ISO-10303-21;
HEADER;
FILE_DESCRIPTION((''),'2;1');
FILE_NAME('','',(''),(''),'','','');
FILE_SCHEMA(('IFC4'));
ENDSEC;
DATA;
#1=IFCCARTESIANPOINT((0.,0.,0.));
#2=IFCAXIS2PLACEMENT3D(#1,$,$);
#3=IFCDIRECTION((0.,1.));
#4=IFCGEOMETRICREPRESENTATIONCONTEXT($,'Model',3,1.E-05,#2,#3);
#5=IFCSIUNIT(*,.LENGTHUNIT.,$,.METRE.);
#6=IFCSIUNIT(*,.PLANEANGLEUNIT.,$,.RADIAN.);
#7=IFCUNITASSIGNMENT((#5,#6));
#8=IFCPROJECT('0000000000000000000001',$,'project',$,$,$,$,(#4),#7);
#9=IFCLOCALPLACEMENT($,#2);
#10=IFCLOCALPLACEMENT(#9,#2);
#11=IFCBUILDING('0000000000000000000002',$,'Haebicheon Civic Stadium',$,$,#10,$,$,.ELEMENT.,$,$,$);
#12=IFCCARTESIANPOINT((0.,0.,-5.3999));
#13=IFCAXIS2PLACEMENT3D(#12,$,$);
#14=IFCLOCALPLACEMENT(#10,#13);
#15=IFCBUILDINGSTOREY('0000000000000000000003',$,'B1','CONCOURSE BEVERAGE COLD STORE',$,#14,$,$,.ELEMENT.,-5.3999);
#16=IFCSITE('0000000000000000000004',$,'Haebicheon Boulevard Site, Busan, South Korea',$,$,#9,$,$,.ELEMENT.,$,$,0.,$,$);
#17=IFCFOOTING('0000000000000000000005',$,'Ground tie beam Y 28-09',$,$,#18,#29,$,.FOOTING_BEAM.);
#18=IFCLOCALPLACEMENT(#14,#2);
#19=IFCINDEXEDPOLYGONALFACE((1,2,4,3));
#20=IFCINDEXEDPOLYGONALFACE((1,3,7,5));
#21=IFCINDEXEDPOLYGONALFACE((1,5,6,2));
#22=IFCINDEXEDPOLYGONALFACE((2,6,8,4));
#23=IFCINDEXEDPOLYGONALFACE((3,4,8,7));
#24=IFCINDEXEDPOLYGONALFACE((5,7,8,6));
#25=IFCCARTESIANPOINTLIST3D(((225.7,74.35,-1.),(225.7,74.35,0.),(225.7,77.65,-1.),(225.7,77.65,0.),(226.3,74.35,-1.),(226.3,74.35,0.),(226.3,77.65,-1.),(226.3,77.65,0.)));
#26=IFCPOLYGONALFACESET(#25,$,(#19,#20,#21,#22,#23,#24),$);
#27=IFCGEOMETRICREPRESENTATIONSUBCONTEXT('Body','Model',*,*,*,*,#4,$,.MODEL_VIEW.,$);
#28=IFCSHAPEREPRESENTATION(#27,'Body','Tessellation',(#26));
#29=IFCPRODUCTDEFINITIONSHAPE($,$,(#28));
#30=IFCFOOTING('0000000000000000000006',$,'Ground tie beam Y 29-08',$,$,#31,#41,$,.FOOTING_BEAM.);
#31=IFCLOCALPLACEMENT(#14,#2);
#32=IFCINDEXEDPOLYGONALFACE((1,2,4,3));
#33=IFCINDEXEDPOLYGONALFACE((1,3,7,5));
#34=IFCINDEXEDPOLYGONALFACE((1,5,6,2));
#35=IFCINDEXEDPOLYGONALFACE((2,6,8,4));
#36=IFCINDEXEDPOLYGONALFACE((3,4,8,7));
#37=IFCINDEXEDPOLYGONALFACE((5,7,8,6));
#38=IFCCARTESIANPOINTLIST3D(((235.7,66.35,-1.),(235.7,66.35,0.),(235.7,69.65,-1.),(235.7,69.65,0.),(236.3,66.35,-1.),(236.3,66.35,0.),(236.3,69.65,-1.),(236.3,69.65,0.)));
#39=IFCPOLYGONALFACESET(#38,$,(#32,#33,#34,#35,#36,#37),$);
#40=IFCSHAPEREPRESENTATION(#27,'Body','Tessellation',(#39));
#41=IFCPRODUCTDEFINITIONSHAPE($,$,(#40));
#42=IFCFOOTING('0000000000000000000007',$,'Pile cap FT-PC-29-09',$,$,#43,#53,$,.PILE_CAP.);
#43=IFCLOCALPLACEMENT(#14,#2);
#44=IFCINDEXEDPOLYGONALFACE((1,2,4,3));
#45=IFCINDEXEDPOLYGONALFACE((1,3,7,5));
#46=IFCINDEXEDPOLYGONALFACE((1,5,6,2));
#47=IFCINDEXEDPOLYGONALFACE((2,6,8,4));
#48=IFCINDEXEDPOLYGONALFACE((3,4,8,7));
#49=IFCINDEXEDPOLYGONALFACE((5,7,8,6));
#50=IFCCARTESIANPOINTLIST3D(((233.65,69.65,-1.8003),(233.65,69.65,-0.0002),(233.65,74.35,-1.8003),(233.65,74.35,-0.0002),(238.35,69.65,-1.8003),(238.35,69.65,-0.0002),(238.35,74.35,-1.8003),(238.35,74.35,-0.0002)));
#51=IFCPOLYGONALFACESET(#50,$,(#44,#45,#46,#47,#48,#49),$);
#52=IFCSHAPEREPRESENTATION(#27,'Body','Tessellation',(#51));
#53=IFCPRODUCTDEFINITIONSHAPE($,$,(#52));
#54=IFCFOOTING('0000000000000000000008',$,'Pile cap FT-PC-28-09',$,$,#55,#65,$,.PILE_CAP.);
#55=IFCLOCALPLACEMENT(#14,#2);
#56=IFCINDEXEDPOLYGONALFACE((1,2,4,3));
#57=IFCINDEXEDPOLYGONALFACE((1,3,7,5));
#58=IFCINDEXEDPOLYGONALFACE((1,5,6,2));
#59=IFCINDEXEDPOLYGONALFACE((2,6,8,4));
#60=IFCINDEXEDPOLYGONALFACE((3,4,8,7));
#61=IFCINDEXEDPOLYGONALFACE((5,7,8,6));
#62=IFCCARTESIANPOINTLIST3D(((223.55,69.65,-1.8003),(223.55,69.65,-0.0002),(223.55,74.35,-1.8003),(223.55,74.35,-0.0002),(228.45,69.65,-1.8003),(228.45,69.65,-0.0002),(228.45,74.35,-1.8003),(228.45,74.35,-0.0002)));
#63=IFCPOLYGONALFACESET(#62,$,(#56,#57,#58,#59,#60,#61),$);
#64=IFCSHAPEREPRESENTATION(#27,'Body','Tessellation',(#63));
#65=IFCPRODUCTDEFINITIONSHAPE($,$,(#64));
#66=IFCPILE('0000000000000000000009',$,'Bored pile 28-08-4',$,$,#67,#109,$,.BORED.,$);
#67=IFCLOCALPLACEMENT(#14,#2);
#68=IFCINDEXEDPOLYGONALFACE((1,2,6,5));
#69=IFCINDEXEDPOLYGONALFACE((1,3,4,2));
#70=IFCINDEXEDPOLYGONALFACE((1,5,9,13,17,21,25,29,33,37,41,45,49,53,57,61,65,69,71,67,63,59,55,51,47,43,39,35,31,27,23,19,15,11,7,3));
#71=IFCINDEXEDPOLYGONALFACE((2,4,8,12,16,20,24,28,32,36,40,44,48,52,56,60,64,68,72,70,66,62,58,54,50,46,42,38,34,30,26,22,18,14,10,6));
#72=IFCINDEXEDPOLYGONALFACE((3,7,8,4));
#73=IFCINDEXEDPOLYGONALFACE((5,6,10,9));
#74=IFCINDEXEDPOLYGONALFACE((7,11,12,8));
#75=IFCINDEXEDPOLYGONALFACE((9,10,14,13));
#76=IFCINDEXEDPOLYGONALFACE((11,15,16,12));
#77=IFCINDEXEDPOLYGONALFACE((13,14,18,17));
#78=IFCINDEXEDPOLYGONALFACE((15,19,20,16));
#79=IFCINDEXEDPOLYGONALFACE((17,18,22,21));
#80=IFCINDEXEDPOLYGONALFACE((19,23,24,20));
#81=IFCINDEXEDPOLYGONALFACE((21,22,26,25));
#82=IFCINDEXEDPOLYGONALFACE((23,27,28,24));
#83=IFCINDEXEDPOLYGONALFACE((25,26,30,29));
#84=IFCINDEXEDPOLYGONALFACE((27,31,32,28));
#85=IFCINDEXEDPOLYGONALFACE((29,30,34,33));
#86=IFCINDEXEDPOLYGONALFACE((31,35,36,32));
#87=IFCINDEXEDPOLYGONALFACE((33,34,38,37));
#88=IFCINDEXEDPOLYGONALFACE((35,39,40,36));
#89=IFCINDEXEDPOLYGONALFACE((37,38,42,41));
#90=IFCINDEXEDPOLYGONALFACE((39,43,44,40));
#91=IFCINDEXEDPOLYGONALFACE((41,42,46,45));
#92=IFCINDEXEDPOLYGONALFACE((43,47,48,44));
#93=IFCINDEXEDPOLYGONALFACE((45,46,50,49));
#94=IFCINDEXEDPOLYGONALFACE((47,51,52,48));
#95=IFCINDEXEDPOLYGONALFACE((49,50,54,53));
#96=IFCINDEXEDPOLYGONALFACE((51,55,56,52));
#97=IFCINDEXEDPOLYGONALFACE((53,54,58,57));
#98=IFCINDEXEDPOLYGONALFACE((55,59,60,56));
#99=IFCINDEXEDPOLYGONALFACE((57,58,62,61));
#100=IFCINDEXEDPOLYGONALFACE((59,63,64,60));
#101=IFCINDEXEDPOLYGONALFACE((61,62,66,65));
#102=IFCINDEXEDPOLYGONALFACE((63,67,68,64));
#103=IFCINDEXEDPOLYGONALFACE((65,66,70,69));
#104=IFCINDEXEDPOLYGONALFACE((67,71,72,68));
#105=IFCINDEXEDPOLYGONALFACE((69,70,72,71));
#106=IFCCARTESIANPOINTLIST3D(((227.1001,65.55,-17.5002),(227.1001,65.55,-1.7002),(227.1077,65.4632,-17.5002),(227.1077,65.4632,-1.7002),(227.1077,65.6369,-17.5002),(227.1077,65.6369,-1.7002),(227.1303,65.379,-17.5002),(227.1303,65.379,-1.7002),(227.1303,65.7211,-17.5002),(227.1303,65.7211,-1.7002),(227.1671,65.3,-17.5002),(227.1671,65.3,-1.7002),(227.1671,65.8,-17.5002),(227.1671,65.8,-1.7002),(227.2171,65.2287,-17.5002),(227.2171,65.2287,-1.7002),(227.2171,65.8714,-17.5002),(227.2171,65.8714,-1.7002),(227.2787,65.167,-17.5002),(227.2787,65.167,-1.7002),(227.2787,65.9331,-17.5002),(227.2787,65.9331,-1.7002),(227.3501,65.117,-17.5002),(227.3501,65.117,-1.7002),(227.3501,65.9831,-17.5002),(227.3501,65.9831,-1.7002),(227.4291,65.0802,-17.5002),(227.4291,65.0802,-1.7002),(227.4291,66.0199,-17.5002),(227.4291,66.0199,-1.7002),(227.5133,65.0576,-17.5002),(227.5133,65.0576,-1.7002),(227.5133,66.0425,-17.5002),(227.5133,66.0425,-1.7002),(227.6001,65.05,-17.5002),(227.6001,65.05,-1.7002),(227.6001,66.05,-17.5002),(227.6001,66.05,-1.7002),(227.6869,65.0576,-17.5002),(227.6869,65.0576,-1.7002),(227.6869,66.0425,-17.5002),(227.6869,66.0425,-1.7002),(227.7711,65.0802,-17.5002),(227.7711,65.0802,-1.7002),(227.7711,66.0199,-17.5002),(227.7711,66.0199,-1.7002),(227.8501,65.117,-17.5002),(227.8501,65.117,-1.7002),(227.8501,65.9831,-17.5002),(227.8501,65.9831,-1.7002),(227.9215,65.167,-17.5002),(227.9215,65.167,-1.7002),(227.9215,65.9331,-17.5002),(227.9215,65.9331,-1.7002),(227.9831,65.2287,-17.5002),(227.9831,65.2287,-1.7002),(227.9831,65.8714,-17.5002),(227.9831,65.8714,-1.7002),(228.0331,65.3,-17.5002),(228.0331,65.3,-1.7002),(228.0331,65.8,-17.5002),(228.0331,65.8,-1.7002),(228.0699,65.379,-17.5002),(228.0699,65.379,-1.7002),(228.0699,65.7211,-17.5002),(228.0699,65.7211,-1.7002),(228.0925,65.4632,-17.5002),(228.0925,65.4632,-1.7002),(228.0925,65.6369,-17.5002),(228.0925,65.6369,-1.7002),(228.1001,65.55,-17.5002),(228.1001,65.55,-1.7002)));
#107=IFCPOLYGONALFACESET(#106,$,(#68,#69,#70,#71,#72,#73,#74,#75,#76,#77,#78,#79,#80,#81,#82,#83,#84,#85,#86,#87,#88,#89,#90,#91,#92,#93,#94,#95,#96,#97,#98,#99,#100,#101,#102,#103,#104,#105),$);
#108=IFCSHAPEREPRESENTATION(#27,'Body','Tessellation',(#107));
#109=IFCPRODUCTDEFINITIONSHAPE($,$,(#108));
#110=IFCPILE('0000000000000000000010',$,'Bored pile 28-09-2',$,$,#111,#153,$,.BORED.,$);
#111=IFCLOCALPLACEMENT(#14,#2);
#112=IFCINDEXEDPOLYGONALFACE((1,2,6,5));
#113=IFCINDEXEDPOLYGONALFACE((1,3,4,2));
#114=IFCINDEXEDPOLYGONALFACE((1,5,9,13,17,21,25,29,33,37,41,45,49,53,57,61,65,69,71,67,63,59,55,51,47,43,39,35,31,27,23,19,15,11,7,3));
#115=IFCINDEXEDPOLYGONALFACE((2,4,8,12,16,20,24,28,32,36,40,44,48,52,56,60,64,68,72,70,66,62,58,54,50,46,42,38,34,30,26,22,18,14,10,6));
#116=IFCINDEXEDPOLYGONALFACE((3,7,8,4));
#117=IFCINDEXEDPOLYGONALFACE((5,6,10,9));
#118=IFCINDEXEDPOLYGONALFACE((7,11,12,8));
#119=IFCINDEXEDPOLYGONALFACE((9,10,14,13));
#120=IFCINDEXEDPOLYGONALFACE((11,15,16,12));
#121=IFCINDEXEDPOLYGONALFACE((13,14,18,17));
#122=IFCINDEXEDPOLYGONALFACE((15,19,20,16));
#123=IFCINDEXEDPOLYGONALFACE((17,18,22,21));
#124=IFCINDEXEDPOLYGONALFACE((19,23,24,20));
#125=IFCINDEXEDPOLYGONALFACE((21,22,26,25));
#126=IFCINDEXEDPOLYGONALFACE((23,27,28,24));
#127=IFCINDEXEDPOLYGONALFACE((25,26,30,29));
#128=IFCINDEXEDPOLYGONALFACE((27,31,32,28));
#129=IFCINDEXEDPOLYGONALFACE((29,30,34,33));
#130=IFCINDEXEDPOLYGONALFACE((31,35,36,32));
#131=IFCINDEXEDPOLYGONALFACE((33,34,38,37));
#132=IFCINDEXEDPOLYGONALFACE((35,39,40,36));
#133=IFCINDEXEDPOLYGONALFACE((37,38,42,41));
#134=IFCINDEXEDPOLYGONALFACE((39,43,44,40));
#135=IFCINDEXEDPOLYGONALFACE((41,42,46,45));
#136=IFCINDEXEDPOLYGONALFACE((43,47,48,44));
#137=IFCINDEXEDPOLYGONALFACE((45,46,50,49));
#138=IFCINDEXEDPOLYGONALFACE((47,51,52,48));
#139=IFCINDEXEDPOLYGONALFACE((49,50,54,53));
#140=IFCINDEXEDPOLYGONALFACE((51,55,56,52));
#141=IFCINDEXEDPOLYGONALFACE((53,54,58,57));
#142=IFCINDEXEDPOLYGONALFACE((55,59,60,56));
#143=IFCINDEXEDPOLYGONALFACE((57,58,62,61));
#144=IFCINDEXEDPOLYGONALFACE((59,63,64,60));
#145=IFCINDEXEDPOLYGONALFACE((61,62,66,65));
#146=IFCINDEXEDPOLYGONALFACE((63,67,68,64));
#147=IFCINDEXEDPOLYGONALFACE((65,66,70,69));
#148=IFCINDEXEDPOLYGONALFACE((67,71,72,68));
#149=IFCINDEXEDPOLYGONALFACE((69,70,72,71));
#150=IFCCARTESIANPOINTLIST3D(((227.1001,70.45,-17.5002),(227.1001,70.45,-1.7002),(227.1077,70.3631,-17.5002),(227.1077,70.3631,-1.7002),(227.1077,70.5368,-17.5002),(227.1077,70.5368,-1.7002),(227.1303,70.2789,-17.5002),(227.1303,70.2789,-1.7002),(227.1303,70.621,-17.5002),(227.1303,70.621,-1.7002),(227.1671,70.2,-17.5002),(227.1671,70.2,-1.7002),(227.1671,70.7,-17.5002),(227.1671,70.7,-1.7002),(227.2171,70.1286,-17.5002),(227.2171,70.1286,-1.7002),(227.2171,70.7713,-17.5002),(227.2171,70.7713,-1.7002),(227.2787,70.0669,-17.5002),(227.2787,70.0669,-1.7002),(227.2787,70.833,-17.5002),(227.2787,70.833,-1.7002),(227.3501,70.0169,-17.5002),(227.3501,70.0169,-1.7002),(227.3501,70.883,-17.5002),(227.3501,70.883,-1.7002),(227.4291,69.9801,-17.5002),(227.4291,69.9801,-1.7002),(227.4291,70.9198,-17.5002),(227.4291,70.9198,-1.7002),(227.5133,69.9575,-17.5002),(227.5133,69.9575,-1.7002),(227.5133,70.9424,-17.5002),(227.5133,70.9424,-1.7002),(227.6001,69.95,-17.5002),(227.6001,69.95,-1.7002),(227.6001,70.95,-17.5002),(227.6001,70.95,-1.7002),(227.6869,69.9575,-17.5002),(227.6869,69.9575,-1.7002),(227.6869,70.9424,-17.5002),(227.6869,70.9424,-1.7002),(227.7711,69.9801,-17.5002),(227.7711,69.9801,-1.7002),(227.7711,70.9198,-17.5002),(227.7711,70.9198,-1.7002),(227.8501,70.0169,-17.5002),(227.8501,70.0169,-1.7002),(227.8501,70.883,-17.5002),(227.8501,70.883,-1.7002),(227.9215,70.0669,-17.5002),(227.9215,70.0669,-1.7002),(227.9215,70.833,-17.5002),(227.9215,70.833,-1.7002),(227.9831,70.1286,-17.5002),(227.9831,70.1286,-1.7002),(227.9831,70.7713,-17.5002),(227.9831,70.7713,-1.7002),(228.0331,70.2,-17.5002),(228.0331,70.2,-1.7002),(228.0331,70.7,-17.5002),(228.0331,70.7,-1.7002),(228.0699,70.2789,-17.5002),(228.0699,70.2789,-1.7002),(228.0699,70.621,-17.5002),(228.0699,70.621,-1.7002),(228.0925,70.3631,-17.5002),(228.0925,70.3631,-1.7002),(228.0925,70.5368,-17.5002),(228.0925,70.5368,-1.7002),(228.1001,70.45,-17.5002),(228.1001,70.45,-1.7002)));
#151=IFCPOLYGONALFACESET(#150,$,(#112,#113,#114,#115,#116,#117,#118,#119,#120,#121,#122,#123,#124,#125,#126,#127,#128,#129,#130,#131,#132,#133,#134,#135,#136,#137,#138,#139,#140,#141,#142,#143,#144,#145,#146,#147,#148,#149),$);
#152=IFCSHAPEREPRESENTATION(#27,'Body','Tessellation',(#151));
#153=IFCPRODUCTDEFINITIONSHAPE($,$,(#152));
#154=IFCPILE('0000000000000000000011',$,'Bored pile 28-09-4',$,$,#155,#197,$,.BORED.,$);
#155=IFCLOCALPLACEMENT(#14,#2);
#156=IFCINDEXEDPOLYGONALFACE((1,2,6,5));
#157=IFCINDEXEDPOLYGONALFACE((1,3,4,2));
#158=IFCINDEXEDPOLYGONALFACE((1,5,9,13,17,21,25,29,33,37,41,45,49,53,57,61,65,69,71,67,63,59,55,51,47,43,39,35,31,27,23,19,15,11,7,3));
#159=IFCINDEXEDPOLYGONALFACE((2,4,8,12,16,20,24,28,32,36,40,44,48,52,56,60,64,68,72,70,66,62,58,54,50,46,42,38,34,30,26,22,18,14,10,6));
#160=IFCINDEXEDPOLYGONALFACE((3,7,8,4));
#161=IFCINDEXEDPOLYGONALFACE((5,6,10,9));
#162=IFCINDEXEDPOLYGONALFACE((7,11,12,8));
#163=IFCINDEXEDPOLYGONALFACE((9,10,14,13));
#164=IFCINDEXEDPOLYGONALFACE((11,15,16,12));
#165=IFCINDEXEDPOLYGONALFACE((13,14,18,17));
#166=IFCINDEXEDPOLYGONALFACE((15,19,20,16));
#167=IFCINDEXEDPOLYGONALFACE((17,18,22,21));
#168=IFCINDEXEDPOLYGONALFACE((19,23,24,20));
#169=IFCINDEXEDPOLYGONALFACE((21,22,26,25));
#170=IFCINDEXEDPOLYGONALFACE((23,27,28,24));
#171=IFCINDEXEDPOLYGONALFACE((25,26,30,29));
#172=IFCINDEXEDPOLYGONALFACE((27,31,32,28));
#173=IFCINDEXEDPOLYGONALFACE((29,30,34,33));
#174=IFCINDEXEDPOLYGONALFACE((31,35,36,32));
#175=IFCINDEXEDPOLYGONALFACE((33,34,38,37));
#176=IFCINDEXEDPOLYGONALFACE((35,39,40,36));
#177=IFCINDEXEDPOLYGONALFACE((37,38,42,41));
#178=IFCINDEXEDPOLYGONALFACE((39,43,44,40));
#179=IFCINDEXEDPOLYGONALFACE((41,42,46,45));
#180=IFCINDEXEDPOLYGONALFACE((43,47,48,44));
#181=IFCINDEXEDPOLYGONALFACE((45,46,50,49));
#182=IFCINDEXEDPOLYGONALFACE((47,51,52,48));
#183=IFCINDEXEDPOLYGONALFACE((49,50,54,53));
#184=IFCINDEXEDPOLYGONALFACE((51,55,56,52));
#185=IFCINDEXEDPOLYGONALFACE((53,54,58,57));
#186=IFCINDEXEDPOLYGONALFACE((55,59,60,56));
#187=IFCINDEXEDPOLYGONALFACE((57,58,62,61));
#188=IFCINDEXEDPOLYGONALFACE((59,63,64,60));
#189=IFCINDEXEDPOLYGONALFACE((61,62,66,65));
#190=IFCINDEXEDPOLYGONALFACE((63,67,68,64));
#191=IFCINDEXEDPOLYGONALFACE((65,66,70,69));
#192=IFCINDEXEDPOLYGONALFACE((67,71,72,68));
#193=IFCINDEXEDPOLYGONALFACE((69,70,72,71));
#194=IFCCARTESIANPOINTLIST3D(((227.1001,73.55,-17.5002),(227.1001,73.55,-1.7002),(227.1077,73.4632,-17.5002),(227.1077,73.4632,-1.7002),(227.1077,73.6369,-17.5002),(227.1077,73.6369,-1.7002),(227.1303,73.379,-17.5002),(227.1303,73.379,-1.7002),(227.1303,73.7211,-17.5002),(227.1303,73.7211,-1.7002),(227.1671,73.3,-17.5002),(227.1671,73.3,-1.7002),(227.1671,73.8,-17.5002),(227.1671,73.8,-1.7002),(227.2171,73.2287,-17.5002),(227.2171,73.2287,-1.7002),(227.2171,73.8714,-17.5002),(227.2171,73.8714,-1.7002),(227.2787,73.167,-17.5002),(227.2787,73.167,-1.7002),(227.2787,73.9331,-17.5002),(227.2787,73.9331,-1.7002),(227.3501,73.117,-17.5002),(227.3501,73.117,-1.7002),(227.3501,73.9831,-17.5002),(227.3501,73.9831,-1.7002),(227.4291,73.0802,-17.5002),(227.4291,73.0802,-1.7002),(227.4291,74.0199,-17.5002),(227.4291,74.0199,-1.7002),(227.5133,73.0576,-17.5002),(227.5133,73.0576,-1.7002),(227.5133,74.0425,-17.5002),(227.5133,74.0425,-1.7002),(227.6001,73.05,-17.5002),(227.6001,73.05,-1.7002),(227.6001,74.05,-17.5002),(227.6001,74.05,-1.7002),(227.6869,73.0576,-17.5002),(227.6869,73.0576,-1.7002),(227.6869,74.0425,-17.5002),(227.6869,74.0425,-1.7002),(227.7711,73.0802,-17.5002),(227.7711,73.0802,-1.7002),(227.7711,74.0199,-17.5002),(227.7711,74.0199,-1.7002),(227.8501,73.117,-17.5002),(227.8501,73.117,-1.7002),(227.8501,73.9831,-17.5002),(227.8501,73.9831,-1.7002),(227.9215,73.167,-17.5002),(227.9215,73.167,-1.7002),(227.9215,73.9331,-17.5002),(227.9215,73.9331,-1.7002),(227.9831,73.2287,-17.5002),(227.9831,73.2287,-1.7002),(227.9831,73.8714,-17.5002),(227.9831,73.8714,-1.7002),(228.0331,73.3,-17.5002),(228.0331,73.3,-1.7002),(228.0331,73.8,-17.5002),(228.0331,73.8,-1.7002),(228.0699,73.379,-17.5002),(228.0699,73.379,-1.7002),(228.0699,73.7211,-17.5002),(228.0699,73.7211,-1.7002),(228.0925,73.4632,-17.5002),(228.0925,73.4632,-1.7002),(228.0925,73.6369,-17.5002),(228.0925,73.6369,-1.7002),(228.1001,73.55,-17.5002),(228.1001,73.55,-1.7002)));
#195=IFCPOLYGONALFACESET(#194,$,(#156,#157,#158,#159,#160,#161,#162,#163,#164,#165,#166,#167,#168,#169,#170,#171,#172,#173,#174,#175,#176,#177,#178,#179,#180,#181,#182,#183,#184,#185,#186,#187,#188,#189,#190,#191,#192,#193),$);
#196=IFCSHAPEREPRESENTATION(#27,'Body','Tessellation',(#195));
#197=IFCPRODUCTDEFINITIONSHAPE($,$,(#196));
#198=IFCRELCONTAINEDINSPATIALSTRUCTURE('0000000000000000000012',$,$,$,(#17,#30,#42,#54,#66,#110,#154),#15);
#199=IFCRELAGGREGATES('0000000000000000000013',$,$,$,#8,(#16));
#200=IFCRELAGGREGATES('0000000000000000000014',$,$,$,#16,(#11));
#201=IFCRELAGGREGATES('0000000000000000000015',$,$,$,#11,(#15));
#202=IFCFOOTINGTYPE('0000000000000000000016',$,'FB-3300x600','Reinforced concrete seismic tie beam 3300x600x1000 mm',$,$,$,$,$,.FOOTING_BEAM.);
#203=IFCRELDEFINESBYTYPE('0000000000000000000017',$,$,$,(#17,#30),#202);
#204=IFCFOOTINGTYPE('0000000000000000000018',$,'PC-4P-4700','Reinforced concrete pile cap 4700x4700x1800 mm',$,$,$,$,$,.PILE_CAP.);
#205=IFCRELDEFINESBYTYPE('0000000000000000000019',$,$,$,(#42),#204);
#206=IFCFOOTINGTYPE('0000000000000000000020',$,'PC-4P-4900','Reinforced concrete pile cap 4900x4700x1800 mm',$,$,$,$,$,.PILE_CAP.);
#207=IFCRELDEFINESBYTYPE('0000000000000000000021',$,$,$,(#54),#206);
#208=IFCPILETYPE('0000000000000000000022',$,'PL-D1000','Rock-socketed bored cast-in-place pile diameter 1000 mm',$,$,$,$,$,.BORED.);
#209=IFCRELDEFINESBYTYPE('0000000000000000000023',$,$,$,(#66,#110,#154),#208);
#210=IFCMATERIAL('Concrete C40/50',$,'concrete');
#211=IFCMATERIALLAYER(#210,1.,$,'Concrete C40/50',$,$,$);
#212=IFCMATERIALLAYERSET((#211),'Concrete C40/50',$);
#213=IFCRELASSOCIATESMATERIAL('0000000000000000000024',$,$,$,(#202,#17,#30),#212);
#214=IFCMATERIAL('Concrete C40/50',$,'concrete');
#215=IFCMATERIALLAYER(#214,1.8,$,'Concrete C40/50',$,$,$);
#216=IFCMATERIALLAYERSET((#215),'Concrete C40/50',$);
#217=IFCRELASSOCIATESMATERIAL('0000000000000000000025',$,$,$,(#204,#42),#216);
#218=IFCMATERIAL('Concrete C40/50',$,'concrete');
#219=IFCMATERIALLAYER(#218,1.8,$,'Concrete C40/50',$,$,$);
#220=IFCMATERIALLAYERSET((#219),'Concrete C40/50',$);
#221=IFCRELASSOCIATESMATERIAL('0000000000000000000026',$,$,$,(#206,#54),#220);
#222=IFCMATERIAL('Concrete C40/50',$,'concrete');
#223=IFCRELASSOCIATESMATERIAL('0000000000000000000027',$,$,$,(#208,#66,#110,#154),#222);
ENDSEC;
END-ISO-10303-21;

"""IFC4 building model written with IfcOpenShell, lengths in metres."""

from ifc_helpers import new_model, si_unit, direction, frame, origin, origin_2d, place, context, subcontext, project, spatial, rectangle, circle, extrude, material, layer, layer_set, material_profile, profile_set, type_object, element, save


model = new_model("IFC4")

# Units and contexts
model_context = context("Model", 3, precision=1e-05, world=origin(), true_north=direction((0.0, 1.0)))
body_context = subcontext(model_context, "Body", "Model", "MODEL_VIEW")
ifc_project = project(units=[si_unit("LENGTHUNIT", "METRE"), si_unit("PLANEANGLEUNIT", "RADIAN")], contexts=[model_context])

# Site, building, storey
site_placement = place(None, origin())
site = spatial("IfcSite", under=ifc_project, at=site_placement, Name="Haebicheon Boulevard Site, Busan, South Korea", CompositionType="ELEMENT", RefElevation=0.0)
building_placement = place(site_placement, origin())
building = spatial("IfcBuilding", under=site, at=building_placement, Name="Haebicheon Civic Stadium", CompositionType="ELEMENT")
storey_placement = place(building_placement, frame((0.0, 0.0, -5.3999)))
storey = spatial("IfcBuildingStorey", under=building, at=storey_placement, Name="B1", Description="CONCOURSE BEVERAGE COLD STORE", CompositionType="ELEMENT", Elevation=-5.3999)

# Footings
ifc_material_1 = material(Name="Concrete C40/50", Category="concrete")
ifc_layer_1 = layer(ifc_material_1, 1.0, Name="Concrete C40/50")
ifc_layer_set_1 = layer_set([ifc_layer_1], Name="Concrete C40/50")
footing_type_1 = type_object("IfcFootingType", Name="FB-3300x600", Description="Reinforced concrete seismic tie beam 3300x600x1000 mm", PredefinedType="FOOTING_BEAM", material=ifc_layer_set_1)
for number, where, z_axis, x_axis, name in (
    (1, (226.0, 76.0, -1.0), (0.0, 0.0, 1.0), (0.0, 1.0, 0.0), "Ground tie beam Y 28-09"),
    (2, (236.0, 68.0, -1.0), (0.0, 0.0, 1.0), (0.0, 1.0, 0.0), "Ground tie beam Y 29-08"),
):
    element("IfcFooting", number, at=place(storey_placement, frame(where, z_axis=z_axis, x_axis=x_axis)), inside=storey, type_object=footing_type_1, material=ifc_layer_set_1, Name=name, PredefinedType="FOOTING_BEAM", context=body_context, shape_type="SweptSolid", body=[
        extrude(rectangle(XDim=3.3, YDim=0.6001, at=origin_2d()), origin(), (0.0, 0.0, 1.0), 1.0),
    ])
ifc_material_2 = material(Name="Concrete C40/50", Category="concrete")
ifc_layer_2 = layer(ifc_material_2, 1.8, Name="Concrete C40/50")
ifc_layer_set_2 = layer_set([ifc_layer_2], Name="Concrete C40/50")
footing_type_2 = type_object("IfcFootingType", Name="PC-4P-4700", Description="Reinforced concrete pile cap 4700x4700x1800 mm", PredefinedType="PILE_CAP", material=ifc_layer_set_2)
footing_1_placement = place(storey_placement, frame((236.0, 72.0, -1.8003), z_axis=(0.0, 0.0, 1.0), x_axis=(1.0, 0.0, 0.0)))
element("IfcFooting", 3, at=footing_1_placement, inside=storey, type_object=footing_type_2, material=ifc_layer_set_2, Name="Pile cap FT-PC-29-09", PredefinedType="PILE_CAP", context=body_context, shape_type="SweptSolid", body=[
    extrude(rectangle(XDim=4.7, YDim=4.7, at=origin_2d()), origin(), (0.0, 0.0, 1.0), 1.8),
])
ifc_material_3 = material(Name="Concrete C40/50", Category="concrete")
ifc_layer_3 = layer(ifc_material_3, 1.8, Name="Concrete C40/50")
ifc_layer_set_3 = layer_set([ifc_layer_3], Name="Concrete C40/50")
footing_type_3 = type_object("IfcFootingType", Name="PC-4P-4900", Description="Reinforced concrete pile cap 4900x4700x1800 mm", PredefinedType="PILE_CAP", material=ifc_layer_set_3)
footing_2_placement = place(storey_placement, frame((226.0, 72.0, -1.8003), z_axis=(0.0, 0.0, 1.0), x_axis=(1.0, 0.0, 0.0)))
element("IfcFooting", 4, at=footing_2_placement, inside=storey, type_object=footing_type_3, material=ifc_layer_set_3, Name="Pile cap FT-PC-28-09", PredefinedType="PILE_CAP", context=body_context, shape_type="SweptSolid", body=[
    extrude(rectangle(XDim=4.8999, YDim=4.7, at=origin_2d()), origin(), (0.0, 0.0, 1.0), 1.8),
])

# Piles
ifc_material_4 = material(Name="Concrete C40/50", Category="concrete")
ifc_material_profile_1 = material_profile(ifc_material_4, circle(Radius=0.5, at=origin_2d()), Name="PILE-D1000")
ifc_profile_set_1 = profile_set([ifc_material_profile_1], Name="Concrete C40/50")
pile_type = type_object("IfcPileType", Name="PL-D1000", Description="Rock-socketed bored cast-in-place pile diameter 1000 mm", PredefinedType="BORED", material=ifc_profile_set_1)
for number, where, z_axis, x_axis, name in (
    (5, (227.6001, 65.55, -1.7002), (0.0, 0.0, -1.0), (1.0, 0.0, 0.0), "Bored pile 28-08-4"),
    (6, (227.6001, 70.45, -1.7002), (0.0, 0.0, -1.0), (1.0, 0.0, 0.0), "Bored pile 28-09-2"),
    (7, (227.6001, 73.55, -1.7002), (0.0, 0.0, -1.0), (1.0, 0.0, 0.0), "Bored pile 28-09-4"),
):
    element("IfcPile", number, at=place(storey_placement, frame(where, z_axis=z_axis, x_axis=x_axis)), inside=storey, type_object=pile_type, material=ifc_profile_set_1, Name=name, PredefinedType="BORED", context=body_context, shape_type="SweptSolid", body=[
        extrude(circle(Radius=0.5, at=origin_2d()), origin(), (0.0, 0.0, 1.0), 15.8),
    ])

save(model, "model.ifc")
